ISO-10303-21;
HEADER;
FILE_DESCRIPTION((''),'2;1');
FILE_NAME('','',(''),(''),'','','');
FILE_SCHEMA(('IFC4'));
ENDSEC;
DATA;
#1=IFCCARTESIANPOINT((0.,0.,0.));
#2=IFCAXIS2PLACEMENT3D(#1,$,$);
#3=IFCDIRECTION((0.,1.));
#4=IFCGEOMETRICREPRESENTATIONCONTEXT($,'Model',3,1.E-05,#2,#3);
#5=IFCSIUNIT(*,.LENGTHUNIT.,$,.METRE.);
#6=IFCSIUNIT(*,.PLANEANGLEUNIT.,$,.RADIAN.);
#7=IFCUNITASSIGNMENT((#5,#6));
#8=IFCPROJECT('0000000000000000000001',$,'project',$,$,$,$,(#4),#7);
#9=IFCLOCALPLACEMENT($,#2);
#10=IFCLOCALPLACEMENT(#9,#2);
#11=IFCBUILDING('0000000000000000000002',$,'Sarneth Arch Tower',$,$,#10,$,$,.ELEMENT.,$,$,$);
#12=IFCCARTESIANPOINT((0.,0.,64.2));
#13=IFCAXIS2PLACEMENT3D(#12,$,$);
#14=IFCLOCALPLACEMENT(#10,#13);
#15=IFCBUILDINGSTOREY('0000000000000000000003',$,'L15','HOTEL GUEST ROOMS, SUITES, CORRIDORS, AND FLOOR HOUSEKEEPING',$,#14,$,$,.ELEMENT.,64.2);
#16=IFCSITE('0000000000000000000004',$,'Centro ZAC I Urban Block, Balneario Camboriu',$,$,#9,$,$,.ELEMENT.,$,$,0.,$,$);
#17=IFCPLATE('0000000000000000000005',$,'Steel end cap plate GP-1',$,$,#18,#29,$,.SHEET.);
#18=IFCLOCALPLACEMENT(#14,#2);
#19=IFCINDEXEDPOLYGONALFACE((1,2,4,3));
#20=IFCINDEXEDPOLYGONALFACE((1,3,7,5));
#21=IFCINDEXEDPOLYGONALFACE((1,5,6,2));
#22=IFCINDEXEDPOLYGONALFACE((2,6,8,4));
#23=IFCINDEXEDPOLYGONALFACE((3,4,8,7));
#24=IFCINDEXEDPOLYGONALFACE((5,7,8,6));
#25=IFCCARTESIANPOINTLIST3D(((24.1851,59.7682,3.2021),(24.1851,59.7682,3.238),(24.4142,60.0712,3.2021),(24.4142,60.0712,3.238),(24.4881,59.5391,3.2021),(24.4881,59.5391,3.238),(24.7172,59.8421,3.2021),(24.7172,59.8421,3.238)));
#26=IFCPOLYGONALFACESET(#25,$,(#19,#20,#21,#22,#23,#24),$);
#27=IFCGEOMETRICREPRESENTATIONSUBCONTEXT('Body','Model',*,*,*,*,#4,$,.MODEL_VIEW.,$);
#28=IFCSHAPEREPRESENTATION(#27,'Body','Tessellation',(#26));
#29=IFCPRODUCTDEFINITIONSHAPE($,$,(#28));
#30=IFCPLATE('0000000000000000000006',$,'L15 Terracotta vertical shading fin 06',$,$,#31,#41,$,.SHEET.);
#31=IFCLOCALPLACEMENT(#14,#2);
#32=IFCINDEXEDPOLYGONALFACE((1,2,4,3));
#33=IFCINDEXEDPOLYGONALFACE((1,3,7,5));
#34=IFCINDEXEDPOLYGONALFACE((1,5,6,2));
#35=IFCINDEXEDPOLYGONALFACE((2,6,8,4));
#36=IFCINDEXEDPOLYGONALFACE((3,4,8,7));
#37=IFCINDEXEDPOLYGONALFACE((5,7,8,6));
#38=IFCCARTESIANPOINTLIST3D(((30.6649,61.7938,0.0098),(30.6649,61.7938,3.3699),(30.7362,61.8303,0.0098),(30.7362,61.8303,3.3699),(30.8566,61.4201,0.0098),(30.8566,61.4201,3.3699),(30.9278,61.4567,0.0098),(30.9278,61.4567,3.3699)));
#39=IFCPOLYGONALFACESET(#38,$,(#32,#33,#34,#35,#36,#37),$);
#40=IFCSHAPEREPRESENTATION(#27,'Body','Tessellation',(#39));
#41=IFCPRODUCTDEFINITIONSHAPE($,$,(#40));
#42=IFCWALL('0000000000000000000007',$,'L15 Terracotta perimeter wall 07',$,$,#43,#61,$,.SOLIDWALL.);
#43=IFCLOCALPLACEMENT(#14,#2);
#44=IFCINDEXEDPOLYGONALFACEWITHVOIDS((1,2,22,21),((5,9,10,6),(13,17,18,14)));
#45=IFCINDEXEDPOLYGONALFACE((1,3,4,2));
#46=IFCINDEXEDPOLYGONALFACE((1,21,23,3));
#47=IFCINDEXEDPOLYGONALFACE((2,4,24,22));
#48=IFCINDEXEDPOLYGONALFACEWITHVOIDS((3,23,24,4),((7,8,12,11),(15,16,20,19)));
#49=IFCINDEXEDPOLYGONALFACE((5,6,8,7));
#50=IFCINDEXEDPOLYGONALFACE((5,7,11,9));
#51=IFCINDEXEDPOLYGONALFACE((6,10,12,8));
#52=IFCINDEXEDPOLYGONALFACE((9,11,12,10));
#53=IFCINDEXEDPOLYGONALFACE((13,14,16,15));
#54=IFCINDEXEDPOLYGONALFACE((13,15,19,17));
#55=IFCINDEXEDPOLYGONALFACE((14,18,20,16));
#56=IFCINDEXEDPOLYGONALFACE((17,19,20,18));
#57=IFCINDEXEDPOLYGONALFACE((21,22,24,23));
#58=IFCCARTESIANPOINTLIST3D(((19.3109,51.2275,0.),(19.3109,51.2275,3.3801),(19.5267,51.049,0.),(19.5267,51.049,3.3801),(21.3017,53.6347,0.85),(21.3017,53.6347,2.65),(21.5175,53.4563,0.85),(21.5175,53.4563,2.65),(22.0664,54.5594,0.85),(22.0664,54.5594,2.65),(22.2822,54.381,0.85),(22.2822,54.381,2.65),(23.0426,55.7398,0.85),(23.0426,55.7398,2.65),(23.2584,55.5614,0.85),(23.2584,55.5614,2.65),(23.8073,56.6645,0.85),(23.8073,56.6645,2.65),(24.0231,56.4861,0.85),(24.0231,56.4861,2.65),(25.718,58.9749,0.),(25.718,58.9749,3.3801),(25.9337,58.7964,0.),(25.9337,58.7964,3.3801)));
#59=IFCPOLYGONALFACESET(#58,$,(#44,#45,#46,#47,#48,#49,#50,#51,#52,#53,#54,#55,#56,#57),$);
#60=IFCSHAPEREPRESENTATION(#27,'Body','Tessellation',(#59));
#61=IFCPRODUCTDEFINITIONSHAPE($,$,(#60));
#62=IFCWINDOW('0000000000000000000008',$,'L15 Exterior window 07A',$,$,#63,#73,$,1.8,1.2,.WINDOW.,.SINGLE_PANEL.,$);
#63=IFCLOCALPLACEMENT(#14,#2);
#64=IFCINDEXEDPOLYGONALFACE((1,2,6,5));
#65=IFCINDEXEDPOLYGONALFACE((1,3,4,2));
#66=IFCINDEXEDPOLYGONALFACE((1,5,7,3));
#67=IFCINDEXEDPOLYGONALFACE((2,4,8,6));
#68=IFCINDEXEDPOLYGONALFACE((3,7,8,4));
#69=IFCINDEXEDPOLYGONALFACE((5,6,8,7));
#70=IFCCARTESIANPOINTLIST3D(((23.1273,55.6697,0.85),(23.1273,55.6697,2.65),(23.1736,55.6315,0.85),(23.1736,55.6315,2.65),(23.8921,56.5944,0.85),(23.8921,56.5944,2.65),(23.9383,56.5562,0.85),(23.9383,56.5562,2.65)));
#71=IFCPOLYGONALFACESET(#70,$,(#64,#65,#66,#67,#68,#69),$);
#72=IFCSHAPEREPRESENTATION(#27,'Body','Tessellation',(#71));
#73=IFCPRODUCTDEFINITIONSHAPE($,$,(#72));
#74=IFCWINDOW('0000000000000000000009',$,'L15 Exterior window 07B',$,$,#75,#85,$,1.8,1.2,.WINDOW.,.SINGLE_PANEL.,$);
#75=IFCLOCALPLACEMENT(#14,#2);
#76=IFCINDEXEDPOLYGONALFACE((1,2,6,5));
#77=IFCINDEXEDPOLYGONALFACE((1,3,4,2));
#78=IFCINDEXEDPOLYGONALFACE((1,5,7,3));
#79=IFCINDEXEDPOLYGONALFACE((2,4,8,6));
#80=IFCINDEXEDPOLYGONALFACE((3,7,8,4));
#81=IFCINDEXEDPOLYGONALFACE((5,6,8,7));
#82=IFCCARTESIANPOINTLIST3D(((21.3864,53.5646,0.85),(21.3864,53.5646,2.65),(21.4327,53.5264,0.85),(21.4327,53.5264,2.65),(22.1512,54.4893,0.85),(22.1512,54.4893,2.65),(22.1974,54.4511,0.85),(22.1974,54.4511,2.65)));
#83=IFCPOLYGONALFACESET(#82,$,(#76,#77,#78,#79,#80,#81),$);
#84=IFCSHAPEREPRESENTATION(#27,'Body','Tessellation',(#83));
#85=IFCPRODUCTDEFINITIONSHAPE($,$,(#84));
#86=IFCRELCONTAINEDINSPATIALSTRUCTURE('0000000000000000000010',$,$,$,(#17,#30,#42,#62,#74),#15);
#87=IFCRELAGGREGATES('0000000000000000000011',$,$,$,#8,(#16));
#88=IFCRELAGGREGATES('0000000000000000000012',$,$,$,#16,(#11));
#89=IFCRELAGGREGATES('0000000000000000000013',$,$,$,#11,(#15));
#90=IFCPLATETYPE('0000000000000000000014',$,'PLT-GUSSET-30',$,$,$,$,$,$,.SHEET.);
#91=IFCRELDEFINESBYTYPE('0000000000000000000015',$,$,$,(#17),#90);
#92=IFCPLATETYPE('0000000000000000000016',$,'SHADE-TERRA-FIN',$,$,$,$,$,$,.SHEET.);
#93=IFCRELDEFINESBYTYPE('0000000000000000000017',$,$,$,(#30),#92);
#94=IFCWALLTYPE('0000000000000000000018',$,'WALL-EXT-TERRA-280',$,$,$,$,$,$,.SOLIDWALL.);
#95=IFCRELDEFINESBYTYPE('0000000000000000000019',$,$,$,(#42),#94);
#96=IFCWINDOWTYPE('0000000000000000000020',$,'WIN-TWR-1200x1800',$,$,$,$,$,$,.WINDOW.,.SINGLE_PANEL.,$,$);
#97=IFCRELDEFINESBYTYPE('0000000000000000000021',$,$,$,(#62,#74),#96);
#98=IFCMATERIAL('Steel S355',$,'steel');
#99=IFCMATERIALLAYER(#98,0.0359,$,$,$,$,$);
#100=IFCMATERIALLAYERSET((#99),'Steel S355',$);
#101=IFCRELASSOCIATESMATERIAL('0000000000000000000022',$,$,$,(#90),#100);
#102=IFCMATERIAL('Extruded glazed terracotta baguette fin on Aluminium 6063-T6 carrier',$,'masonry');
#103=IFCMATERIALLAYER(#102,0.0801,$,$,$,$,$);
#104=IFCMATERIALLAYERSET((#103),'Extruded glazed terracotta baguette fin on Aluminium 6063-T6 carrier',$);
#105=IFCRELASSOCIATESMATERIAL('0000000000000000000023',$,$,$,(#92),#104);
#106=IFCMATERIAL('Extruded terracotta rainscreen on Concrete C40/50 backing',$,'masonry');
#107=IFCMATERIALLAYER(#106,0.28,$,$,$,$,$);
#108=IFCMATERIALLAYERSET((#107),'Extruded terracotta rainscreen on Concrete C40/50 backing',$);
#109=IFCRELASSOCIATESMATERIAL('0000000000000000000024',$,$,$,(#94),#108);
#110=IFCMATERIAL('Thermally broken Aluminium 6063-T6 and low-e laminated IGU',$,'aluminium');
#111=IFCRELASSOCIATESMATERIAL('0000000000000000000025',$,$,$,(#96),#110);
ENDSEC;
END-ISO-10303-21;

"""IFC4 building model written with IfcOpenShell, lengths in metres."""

from ifc_helpers import new_model, si_unit, direction, frame, frame_2d, origin, origin_2d, place, context, subcontext, project, spatial, rectangle, extrude, material, layer, layer_set, type_object, element, fill, save


model = new_model("IFC4")

# Units and contexts
model_context = context("Model", 3, precision=1e-05, world=origin(), true_north=direction((0.0, 1.0)))
body_context = subcontext(model_context, "Body", "Model", "MODEL_VIEW")
ifc_project = project(units=[si_unit("LENGTHUNIT", "METRE"), si_unit("PLANEANGLEUNIT", "RADIAN")], contexts=[model_context])

# Site, building, storey
site_placement = place(None, origin())
site = spatial("IfcSite", under=ifc_project, at=site_placement, Name="Centro ZAC I Urban Block, Balneario Camboriu", CompositionType="ELEMENT", RefElevation=0.0)
building_placement = place(site_placement, origin())
building = spatial("IfcBuilding", under=site, at=building_placement, Name="Sarneth Arch Tower", CompositionType="ELEMENT")
storey_placement = place(building_placement, frame((0.0, 0.0, 64.2)))
storey = spatial("IfcBuildingStorey", under=building, at=storey_placement, Name="L15", Description="HOTEL GUEST ROOMS, SUITES, CORRIDORS, AND FLOOR HOUSEKEEPING", CompositionType="ELEMENT", Elevation=64.2)

# Plates
ifc_material_1 = material(Name="Steel S355", Category="steel")
ifc_layer_1 = layer(ifc_material_1, 0.0359)
ifc_layer_set_1 = layer_set([ifc_layer_1], Name="Steel S355")
plate_type_1 = type_object("IfcPlateType", Name="PLT-GUSSET-30", PredefinedType="SHEET", material=ifc_layer_set_1)
plate_1_placement = place(storey_placement, frame((24.4512, 59.8052, 3.2021), z_axis=(0.0, 0.0, 1.0), x_axis=(-0.797689, 0.603069, 0.0)))
element("IfcPlate", 1, at=plate_1_placement, inside=storey, type_object=plate_type_1, Name="Steel end cap plate GP-1", PredefinedType="SHEET", context=body_context, shape_type="SweptSolid", body=[
    extrude(rectangle(XDim=0.3799, YDim=0.3799, at=origin_2d()), origin(), (0.0, 0.0, 1.0), 0.0359),
])
ifc_material_2 = material(Name="Extruded glazed terracotta baguette fin on Aluminium 6063-T6 carrier", Category="masonry")
ifc_layer_2 = layer(ifc_material_2, 0.0801)
ifc_layer_set_2 = layer_set([ifc_layer_2], Name="Extruded glazed terracotta baguette fin on Aluminium 6063-T6 carrier")
plate_type_2 = type_object("IfcPlateType", Name="SHADE-TERRA-FIN", PredefinedType="SHEET", material=ifc_layer_set_2)
plate_2_placement = place(storey_placement, frame((30.7964, 61.6252, 0.0098), z_axis=(0.0, 0.0, 1.0), x_axis=(-0.456322, 0.889815, 0.0)))
element("IfcPlate", 2, at=plate_2_placement, inside=storey, type_object=plate_type_2, Name="L15 Terracotta vertical shading fin 06", PredefinedType="SHEET", context=body_context, shape_type="SweptSolid", body=[
    extrude(rectangle(XDim=0.4199, YDim=0.0801, at=origin_2d()), origin(), (0.0, 0.0, 1.0), 3.3601),
])

# Wall, openings, windows
ifc_material_3 = material(Name="Extruded terracotta rainscreen on Concrete C40/50 backing", Category="masonry")
ifc_layer_3 = layer(ifc_material_3, 0.28)
ifc_layer_set_3 = layer_set([ifc_layer_3], Name="Extruded terracotta rainscreen on Concrete C40/50 backing")
wall_type = type_object("IfcWallType", Name="WALL-EXT-TERRA-280", PredefinedType="SOLIDWALL", material=ifc_layer_set_3)
wall_placement = place(storey_placement, frame((25.8259, 58.8857, 0.0), z_axis=(0.0, 0.0, 1.0), x_axis=(-0.637297, -0.770618, 0.0)))
wall = element("IfcWall", 3, at=wall_placement, inside=storey, type_object=wall_type, Name="L15 Terracotta perimeter wall 07", PredefinedType="SOLIDWALL", context=body_context, shape_type="SweptSolid", body=[
    extrude(rectangle(XDim=10.0535, YDim=0.28, at=frame_2d((5.0269, 0.0))), origin(), (0.0, 0.0, 1.0), 3.3801),
])
opening_1_placement = place(wall_placement, frame((2.998, 0.0, 0.8501)))
opening_1 = element("IfcOpeningElement", 4, at=opening_1_placement, cuts=wall, PredefinedType="OPENING", context=body_context, shape_type="SweptSolid", body=[
    extrude(rectangle(XDim=1.2, YDim=1.8, at=frame_2d((0.6001, 0.8999))), frame((0.0, 0.1499, 0.0), z_axis=(0.0, -1.0, 0.0), x_axis=(1.0, 0.0, 0.0)), (0.0, 0.0, 1.0), 0.3),
])
opening_2_placement = place(wall_placement, frame((5.7297, 0.0, 0.8501)))
opening_2 = element("IfcOpeningElement", 5, at=opening_2_placement, cuts=wall, PredefinedType="OPENING", context=body_context, shape_type="SweptSolid", body=[
    extrude(rectangle(XDim=1.2, YDim=1.8, at=frame_2d((0.6001, 0.8999))), frame((0.0, 0.1499, 0.0), z_axis=(0.0, -1.0, 0.0), x_axis=(1.0, 0.0, 0.0)), (0.0, 0.0, 1.0), 0.3),
])
ifc_material_4 = material(Name="Thermally broken Aluminium 6063-T6 and low-e laminated IGU", Category="aluminium")
window_type = type_object("IfcWindowType", Name="WIN-TWR-1200x1800", PartitioningType="SINGLE_PANEL", PredefinedType="WINDOW", material=ifc_material_4)
window_1_placement = place(opening_1_placement, origin())
window_1 = element("IfcWindow", 6, at=window_1_placement, inside=storey, type_object=window_type, Name="L15 Exterior window 07A", OverallHeight=1.8, OverallWidth=1.2, PartitioningType="SINGLE_PANEL", PredefinedType="WINDOW", context=body_context, shape_type="SweptSolid", body=[
    extrude(rectangle(XDim=1.2, YDim=1.8, at=frame_2d((0.6001, 0.8999))), frame((0.0, 0.03, 0.0), z_axis=(0.0, -1.0, 0.0), x_axis=(1.0, 0.0, 0.0)), (0.0, 0.0, 1.0), 0.0601),
])
fill(opening_1, window_1)
window_2_placement = place(opening_2_placement, origin())
window_2 = element("IfcWindow", 7, at=window_2_placement, inside=storey, type_object=window_type, Name="L15 Exterior window 07B", OverallHeight=1.8, OverallWidth=1.2, PartitioningType="SINGLE_PANEL", PredefinedType="WINDOW", context=body_context, shape_type="SweptSolid", body=[
    extrude(rectangle(XDim=1.2, YDim=1.8, at=frame_2d((0.6001, 0.8999))), frame((0.0, 0.03, 0.0), z_axis=(0.0, -1.0, 0.0), x_axis=(1.0, 0.0, 0.0)), (0.0, 0.0, 1.0), 0.0601),
])
fill(opening_2, window_2)

save(model, "model.ifc")
